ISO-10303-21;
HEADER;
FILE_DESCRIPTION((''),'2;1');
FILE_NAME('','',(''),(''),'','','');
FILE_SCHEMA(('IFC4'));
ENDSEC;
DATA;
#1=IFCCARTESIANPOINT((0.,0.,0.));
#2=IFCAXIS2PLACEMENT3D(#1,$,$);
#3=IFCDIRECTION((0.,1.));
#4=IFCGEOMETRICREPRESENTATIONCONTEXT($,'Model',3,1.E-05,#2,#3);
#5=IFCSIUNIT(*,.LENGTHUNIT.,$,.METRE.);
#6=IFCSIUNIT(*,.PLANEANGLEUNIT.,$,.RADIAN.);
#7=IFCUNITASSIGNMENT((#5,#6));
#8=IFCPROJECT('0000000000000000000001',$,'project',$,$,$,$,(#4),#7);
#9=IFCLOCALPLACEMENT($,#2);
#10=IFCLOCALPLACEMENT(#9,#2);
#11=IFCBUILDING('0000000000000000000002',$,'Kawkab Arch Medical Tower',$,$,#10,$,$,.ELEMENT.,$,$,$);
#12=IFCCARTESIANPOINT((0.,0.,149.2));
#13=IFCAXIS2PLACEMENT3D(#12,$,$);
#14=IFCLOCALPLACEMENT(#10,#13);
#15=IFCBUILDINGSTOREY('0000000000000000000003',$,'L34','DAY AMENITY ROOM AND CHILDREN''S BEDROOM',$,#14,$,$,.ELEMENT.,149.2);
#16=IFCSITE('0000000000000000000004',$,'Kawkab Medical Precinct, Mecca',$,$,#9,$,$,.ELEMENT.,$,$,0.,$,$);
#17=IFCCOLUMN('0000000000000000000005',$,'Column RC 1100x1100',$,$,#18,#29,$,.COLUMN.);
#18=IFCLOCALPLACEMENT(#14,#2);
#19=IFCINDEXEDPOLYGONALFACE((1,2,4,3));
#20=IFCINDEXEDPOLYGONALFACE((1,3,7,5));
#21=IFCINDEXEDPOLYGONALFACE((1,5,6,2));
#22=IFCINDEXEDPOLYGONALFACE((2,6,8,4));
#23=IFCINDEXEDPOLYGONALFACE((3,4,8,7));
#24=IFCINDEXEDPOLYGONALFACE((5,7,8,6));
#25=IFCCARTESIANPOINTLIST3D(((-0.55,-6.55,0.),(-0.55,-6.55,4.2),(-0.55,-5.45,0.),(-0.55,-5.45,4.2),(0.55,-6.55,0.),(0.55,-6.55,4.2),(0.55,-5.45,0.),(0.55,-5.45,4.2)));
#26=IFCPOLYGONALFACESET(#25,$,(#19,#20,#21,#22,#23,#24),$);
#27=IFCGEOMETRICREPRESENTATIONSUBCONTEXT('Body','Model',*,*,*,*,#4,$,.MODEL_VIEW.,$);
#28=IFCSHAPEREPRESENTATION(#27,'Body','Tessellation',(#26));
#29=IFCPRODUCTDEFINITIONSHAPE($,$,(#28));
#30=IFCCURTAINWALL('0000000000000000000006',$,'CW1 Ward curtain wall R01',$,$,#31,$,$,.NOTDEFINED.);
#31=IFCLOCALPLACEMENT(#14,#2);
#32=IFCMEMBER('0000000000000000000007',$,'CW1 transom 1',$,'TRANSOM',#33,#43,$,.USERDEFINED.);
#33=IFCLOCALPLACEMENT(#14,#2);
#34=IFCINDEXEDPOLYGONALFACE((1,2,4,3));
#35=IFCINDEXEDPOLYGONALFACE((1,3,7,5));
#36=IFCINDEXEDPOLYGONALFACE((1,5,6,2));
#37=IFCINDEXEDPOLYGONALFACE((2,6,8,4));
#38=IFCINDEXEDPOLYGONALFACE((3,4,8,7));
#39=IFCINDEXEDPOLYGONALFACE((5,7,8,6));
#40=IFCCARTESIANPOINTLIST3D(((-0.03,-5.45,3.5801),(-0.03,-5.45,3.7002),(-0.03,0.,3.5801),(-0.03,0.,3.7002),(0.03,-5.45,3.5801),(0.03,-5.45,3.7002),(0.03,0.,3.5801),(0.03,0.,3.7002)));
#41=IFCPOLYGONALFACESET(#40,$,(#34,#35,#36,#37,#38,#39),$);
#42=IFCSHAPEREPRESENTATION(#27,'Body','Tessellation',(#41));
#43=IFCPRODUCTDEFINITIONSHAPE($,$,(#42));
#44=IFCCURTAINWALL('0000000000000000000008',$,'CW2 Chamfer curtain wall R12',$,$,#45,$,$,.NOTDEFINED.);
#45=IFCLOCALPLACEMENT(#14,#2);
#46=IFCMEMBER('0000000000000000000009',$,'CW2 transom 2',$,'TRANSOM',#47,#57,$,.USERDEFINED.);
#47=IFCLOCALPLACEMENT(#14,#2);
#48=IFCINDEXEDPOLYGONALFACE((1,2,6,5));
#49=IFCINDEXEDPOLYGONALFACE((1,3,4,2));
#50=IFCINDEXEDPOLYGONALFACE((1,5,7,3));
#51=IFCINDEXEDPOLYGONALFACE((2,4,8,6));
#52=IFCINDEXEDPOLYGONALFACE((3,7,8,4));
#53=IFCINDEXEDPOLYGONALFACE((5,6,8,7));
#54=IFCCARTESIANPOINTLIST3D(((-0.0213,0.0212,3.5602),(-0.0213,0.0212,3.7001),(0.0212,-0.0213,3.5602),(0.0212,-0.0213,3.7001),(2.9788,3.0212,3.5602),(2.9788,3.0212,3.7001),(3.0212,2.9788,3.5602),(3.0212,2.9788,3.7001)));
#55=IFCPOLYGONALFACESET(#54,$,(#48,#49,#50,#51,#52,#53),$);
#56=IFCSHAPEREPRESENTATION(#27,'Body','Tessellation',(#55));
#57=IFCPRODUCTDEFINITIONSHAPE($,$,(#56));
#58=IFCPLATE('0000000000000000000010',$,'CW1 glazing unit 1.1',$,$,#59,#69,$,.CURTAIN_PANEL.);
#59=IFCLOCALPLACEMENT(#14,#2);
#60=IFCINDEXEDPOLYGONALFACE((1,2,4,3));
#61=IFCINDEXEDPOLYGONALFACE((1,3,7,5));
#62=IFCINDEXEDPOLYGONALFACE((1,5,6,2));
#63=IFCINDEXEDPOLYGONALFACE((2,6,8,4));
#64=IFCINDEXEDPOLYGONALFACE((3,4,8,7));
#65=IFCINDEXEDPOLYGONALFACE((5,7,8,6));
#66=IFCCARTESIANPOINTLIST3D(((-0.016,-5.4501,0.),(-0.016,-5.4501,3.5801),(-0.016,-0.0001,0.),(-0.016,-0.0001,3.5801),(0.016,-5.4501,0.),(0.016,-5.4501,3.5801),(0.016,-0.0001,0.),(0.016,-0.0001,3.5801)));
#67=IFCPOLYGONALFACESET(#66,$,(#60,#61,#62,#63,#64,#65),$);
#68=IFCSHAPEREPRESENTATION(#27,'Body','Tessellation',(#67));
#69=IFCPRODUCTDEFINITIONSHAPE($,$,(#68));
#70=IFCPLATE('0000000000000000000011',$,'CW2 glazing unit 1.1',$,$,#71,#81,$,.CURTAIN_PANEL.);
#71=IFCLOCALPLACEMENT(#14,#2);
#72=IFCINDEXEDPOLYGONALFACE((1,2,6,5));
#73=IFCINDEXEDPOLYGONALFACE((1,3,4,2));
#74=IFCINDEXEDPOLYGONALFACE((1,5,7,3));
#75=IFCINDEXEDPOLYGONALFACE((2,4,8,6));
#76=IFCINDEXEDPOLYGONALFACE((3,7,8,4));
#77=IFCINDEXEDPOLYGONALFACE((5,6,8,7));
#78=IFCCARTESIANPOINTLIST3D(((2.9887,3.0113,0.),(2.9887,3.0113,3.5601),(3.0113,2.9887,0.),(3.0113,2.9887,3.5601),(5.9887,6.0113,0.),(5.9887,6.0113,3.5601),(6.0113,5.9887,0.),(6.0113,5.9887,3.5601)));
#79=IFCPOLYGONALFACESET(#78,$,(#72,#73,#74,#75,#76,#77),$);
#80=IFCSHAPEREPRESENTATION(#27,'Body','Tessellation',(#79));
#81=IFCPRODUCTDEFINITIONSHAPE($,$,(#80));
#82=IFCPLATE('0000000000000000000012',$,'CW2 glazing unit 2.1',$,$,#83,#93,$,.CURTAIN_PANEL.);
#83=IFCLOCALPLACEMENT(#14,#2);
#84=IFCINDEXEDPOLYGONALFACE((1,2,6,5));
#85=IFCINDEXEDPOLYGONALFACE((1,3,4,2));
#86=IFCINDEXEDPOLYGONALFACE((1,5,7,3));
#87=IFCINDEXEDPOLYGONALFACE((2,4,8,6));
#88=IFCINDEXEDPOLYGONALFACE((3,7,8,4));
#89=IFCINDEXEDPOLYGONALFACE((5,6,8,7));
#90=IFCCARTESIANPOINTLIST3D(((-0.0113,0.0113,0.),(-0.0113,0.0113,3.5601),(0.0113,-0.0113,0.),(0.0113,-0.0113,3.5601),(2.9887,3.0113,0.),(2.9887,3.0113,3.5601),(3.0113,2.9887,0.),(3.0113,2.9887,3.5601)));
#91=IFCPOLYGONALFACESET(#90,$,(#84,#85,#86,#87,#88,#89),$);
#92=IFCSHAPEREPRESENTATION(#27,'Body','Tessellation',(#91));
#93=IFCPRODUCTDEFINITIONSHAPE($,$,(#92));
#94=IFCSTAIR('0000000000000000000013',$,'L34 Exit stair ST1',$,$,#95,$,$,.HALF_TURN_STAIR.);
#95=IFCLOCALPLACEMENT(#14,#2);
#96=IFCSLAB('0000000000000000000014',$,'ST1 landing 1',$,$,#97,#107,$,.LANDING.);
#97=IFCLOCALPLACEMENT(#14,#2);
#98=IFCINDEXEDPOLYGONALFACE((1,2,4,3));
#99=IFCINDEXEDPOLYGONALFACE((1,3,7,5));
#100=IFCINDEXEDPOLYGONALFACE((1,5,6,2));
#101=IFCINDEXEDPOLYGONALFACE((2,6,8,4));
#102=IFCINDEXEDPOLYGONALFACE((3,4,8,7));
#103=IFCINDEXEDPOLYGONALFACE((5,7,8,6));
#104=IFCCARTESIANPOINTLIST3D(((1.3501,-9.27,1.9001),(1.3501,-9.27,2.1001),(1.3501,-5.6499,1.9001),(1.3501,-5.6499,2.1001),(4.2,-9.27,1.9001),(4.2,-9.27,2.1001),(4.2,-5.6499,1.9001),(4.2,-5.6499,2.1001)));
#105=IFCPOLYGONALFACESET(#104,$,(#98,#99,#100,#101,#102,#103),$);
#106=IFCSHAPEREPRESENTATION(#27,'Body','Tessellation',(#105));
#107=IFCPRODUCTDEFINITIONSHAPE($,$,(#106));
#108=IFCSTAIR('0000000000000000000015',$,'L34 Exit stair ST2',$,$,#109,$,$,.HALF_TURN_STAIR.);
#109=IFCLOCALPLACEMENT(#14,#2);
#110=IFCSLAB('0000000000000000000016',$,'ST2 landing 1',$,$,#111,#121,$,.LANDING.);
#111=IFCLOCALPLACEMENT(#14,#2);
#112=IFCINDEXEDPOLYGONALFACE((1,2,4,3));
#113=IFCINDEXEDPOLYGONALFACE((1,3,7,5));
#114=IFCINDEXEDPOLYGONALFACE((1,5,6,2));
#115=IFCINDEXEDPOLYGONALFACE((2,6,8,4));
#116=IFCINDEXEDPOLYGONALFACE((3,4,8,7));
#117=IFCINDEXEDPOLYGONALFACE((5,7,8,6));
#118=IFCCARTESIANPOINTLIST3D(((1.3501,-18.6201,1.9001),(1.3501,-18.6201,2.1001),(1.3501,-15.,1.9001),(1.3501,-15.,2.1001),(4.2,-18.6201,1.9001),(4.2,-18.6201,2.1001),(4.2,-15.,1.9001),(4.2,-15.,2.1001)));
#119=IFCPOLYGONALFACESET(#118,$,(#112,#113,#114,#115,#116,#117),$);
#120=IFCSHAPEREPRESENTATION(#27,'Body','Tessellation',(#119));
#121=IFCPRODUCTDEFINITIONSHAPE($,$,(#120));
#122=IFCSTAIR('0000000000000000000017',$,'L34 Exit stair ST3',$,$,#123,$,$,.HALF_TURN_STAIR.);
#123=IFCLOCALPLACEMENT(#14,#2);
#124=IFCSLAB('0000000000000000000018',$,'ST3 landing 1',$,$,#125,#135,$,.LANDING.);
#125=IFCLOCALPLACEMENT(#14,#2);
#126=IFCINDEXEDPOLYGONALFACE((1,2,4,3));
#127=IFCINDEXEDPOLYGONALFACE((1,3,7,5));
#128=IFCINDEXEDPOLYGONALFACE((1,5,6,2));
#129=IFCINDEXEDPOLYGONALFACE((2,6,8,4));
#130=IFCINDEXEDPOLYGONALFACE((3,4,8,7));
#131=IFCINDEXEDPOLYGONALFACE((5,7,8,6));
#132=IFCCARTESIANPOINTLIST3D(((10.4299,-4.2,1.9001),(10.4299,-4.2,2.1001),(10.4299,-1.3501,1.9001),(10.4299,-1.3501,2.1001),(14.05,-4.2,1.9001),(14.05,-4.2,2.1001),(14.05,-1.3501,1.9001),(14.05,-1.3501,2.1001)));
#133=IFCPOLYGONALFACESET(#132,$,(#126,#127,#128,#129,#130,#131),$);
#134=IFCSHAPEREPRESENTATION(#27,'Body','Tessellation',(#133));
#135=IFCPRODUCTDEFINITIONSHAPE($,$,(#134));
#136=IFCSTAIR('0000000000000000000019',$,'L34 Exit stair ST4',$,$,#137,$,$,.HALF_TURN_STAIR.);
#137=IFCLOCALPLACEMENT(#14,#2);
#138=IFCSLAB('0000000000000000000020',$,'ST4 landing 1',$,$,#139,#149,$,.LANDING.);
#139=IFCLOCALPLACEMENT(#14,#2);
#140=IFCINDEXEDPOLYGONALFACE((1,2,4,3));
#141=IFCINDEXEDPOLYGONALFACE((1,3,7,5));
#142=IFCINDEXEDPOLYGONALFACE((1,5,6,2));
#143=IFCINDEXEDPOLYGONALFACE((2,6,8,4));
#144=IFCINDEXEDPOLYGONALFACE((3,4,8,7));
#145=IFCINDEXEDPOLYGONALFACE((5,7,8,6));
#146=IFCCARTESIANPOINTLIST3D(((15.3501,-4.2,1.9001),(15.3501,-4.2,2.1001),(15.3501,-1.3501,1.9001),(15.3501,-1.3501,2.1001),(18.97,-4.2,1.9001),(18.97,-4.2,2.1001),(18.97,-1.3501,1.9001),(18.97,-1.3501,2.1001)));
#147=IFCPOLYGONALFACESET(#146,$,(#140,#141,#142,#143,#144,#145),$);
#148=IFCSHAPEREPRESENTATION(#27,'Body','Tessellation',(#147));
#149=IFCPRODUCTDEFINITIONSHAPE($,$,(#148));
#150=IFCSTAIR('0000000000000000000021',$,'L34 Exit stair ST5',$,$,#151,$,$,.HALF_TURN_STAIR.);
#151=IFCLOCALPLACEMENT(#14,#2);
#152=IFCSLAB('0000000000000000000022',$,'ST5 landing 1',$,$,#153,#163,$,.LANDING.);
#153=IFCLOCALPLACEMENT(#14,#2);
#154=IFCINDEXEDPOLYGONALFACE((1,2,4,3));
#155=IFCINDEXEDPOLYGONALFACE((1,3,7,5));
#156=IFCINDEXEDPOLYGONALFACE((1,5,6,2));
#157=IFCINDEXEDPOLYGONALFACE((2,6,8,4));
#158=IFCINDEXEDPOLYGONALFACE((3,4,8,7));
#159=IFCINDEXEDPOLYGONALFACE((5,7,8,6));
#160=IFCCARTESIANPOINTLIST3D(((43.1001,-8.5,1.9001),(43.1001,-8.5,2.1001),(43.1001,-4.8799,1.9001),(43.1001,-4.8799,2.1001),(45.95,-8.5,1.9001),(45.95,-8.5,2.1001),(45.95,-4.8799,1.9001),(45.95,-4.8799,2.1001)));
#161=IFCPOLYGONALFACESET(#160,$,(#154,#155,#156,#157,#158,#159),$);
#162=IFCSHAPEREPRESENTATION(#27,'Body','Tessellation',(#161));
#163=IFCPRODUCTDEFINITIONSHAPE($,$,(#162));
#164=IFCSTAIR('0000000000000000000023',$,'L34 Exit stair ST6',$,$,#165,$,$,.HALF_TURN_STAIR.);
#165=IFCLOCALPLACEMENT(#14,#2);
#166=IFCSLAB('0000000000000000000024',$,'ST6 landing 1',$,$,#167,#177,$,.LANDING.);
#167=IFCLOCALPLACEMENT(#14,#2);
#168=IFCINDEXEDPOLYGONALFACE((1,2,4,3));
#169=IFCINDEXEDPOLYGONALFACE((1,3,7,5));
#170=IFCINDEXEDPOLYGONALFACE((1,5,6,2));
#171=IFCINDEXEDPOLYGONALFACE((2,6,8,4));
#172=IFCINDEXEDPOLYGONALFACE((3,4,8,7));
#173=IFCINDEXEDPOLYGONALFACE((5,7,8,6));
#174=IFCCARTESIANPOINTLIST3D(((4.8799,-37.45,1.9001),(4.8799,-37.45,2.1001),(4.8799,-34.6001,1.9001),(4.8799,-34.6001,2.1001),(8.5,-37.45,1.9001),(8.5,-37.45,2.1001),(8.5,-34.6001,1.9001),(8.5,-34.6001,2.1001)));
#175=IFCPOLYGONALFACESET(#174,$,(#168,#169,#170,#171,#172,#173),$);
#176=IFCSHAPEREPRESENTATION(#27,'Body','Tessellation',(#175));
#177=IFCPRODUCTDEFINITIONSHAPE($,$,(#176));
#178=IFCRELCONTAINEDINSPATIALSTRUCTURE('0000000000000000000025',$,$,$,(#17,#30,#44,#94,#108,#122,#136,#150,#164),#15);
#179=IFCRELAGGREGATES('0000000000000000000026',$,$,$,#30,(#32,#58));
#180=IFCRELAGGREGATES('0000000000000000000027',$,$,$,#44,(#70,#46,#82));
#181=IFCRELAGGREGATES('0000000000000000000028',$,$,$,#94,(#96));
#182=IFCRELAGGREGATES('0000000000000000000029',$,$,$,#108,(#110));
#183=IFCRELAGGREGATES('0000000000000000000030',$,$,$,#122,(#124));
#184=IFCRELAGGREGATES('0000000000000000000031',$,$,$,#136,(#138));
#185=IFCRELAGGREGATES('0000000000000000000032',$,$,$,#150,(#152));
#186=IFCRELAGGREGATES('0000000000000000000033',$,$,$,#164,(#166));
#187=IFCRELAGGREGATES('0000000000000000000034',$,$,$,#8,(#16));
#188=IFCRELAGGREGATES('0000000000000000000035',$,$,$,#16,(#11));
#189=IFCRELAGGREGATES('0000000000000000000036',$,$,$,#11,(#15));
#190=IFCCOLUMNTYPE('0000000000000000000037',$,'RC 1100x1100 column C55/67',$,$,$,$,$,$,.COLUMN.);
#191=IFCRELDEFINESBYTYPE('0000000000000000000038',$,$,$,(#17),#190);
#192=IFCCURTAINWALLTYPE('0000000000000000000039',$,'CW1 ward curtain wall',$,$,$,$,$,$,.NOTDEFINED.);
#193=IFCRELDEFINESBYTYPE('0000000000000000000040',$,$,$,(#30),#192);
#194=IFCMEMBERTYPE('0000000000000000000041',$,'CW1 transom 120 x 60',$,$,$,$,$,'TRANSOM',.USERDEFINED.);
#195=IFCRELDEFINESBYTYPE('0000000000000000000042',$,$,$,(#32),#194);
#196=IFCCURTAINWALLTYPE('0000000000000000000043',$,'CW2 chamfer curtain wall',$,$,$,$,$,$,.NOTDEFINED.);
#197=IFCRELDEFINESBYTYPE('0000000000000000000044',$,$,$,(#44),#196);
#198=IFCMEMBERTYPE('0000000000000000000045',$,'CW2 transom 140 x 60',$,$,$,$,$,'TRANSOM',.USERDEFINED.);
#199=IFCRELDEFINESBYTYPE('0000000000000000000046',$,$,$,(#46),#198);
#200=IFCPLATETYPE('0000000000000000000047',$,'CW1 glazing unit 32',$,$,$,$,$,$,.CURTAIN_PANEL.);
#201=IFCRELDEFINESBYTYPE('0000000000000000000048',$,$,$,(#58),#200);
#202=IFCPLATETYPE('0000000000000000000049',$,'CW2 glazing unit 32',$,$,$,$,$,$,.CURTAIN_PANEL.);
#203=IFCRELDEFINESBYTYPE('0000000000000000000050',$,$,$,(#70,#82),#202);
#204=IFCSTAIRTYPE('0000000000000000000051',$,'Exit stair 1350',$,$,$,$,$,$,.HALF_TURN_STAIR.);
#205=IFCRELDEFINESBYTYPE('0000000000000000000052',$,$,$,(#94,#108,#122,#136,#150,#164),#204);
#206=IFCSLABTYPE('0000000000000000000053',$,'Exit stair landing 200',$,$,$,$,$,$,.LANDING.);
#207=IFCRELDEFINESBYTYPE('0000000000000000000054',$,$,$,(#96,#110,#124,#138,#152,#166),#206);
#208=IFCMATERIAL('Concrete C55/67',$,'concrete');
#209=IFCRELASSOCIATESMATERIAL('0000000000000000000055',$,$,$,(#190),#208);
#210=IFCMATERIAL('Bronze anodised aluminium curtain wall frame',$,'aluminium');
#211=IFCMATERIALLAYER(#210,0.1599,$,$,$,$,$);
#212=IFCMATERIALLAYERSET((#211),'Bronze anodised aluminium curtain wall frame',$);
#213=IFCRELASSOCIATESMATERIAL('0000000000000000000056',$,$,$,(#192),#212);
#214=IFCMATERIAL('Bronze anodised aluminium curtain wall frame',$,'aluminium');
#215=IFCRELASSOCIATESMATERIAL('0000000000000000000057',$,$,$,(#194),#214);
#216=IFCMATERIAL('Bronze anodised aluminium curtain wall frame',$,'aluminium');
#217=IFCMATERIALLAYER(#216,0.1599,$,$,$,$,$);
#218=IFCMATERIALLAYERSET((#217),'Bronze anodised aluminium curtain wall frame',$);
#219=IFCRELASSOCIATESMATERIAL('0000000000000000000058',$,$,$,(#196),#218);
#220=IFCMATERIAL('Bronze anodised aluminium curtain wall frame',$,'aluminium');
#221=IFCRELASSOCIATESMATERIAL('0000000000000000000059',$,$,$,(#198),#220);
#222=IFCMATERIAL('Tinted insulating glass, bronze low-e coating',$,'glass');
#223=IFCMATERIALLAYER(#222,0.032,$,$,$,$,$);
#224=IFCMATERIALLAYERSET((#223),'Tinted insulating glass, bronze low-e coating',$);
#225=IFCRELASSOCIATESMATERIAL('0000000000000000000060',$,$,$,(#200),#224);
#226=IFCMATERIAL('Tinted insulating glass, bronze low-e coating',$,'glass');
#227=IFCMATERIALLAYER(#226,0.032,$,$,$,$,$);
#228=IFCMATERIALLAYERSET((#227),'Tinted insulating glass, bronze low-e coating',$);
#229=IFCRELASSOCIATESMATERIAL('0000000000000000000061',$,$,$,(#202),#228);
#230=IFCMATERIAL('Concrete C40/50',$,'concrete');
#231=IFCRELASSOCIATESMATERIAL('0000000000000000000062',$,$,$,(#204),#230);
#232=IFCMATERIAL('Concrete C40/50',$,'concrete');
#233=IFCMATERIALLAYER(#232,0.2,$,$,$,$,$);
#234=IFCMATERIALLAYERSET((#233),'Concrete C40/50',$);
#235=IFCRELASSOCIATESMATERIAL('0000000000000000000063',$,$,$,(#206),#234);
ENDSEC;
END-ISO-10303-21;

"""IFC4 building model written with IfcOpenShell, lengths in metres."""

from ifc_helpers import new_model, si_unit, direction, frame, origin, origin_2d, place, context, subcontext, project, spatial, polyline, rectangle, outline, extrude, material, layer, layer_set, material_profile, profile_set, type_object, element, aggregate, save


model = new_model("IFC4")

# Units and contexts
model_context = context("Model", 3, precision=1e-05, world=origin(), true_north=direction((0.0, 1.0)))
body_context = subcontext(model_context, "Body", "Model", "MODEL_VIEW")
ifc_project = project(units=[si_unit("LENGTHUNIT", "METRE"), si_unit("PLANEANGLEUNIT", "RADIAN")], contexts=[model_context])

# Site, building, storey
site_placement = place(None, origin())
site = spatial("IfcSite", under=ifc_project, at=site_placement, Name="Kawkab Medical Precinct, Mecca", CompositionType="ELEMENT", RefElevation=0.0)
building_placement = place(site_placement, origin())
building = spatial("IfcBuilding", under=site, at=building_placement, Name="Kawkab Arch Medical Tower", CompositionType="ELEMENT")
storey_placement = place(building_placement, frame((0.0, 0.0, 149.2)))
storey = spatial("IfcBuildingStorey", under=building, at=storey_placement, Name="L34", Description="DAY AMENITY ROOM AND CHILDREN'S BEDROOM", CompositionType="ELEMENT", Elevation=149.2)

# Column
ifc_material_1 = material(Name="Concrete C55/67", Category="concrete")
ifc_material_profile_1 = material_profile(ifc_material_1, rectangle(XDim=1.1001, YDim=1.1001, at=origin_2d()), Name="RC 1100x1100")
ifc_profile_set_1 = profile_set([ifc_material_profile_1], Name="Concrete C55/67")
column_type = type_object("IfcColumnType", Name="RC 1100x1100 column C55/67", PredefinedType="COLUMN", material=ifc_profile_set_1)
column_placement = place(storey_placement, frame((0.0, -6.0, 0.0), z_axis=(0.0, 0.0, 1.0), x_axis=(1.0, 0.0, 0.0)))
element("IfcColumn", 1, at=column_placement, inside=storey, type_object=column_type, Name="Column RC 1100x1100", PredefinedType="COLUMN", context=body_context, shape_type="SweptSolid", body=[
    extrude(rectangle(XDim=1.1001, YDim=1.1001, at=origin_2d()), origin(), (0.0, 0.0, 1.0), 4.2),
])

# Curtain walls, members
ifc_material_2 = material(Name="Bronze anodised aluminium curtain wall frame", Category="aluminium")
ifc_layer_1 = layer(ifc_material_2, 0.1599)
ifc_layer_set_1 = layer_set([ifc_layer_1], Name="Bronze anodised aluminium curtain wall frame")
curtain_wall_type_1 = type_object("IfcCurtainWallType", Name="CW1 ward curtain wall", PredefinedType="NOTDEFINED", material=ifc_layer_set_1)
placement_1 = place(storey_placement, origin())
curtain_wall_1 = element("IfcCurtainWall", 2, at=placement_1, inside=storey, type_object=curtain_wall_type_1, Name="CW1 Ward curtain wall R01", PredefinedType="NOTDEFINED")
ifc_material_3 = material(Name="Bronze anodised aluminium curtain wall frame", Category="aluminium")
ifc_material_profile_2 = material_profile(ifc_material_3, rectangle(XDim=0.0601, YDim=0.1201, at=origin_2d()), Name="AL 60x120")
ifc_profile_set_2 = profile_set([ifc_material_profile_2], Name="Bronze anodised aluminium curtain wall frame")
member_type_1 = type_object("IfcMemberType", Name="CW1 transom 120 x 60", ElementType="TRANSOM", PredefinedType="USERDEFINED", material=ifc_profile_set_2)
member_1_placement = place(storey_placement, frame((0.0, 0.0, 3.6401), z_axis=(0.0, -1.0, 0.0), x_axis=(1.0, 0.0, 0.0)))
member_1 = element("IfcMember", 3, at=member_1_placement, type_object=member_type_1, Name="CW1 transom 1", ObjectType="TRANSOM", PredefinedType="USERDEFINED", context=body_context, shape_type="SweptSolid", body=[
    extrude(rectangle(XDim=0.0601, YDim=0.1201, at=origin_2d()), origin(), (0.0, 0.0, 1.0), 5.45),
])
ifc_material_4 = material(Name="Bronze anodised aluminium curtain wall frame", Category="aluminium")
ifc_layer_2 = layer(ifc_material_4, 0.1599)
ifc_layer_set_2 = layer_set([ifc_layer_2], Name="Bronze anodised aluminium curtain wall frame")
curtain_wall_type_2 = type_object("IfcCurtainWallType", Name="CW2 chamfer curtain wall", PredefinedType="NOTDEFINED", material=ifc_layer_set_2)
curtain_wall_2 = element("IfcCurtainWall", 4, at=placement_1, inside=storey, type_object=curtain_wall_type_2, Name="CW2 Chamfer curtain wall R12", PredefinedType="NOTDEFINED")
ifc_material_5 = material(Name="Bronze anodised aluminium curtain wall frame", Category="aluminium")
ifc_material_profile_3 = material_profile(ifc_material_5, rectangle(XDim=0.0601, YDim=0.1399, at=origin_2d()), Name="AL 60x140")
ifc_profile_set_3 = profile_set([ifc_material_profile_3], Name="Bronze anodised aluminium curtain wall frame")
member_type_2 = type_object("IfcMemberType", Name="CW2 transom 140 x 60", ElementType="TRANSOM", PredefinedType="USERDEFINED", material=ifc_profile_set_3)
member_2_placement = place(storey_placement, frame((3.0, 3.0, 3.6301), z_axis=(-0.707107, -0.707107, 0.0), x_axis=(0.707107, -0.707107, 0.0)))
member_2 = element("IfcMember", 5, at=member_2_placement, type_object=member_type_2, Name="CW2 transom 2", ObjectType="TRANSOM", PredefinedType="USERDEFINED", context=body_context, shape_type="SweptSolid", body=[
    extrude(rectangle(XDim=0.0601, YDim=0.1399, at=origin_2d()), origin(), (0.0, 0.0, 1.0), 4.2427),
])

# Plates
ifc_material_6 = material(Name="Tinted insulating glass, bronze low-e coating", Category="glass")
ifc_layer_3 = layer(ifc_material_6, 0.032)
ifc_layer_set_3 = layer_set([ifc_layer_3], Name="Tinted insulating glass, bronze low-e coating")
plate_type_1 = type_object("IfcPlateType", Name="CW1 glazing unit 32", PredefinedType="CURTAIN_PANEL", material=ifc_layer_set_3)
plate_1_placement = place(storey_placement, frame((0.0, -2.7251, 0.0), z_axis=(0.0, 0.0, 1.0), x_axis=(0.0, -1.0, 0.0)))
plate_1 = element("IfcPlate", 6, at=plate_1_placement, type_object=plate_type_1, Name="CW1 glazing unit 1.1", PredefinedType="CURTAIN_PANEL", context=body_context, shape_type="SweptSolid", body=[
    extrude(rectangle(XDim=5.45, YDim=0.032, at=origin_2d()), origin(), (0.0, 0.0, 1.0), 3.5801),
])
aggregate(curtain_wall_1, [member_1, plate_1])
ifc_material_7 = material(Name="Tinted insulating glass, bronze low-e coating", Category="glass")
ifc_layer_4 = layer(ifc_material_7, 0.032)
ifc_layer_set_4 = layer_set([ifc_layer_4], Name="Tinted insulating glass, bronze low-e coating")
plate_type_2 = type_object("IfcPlateType", Name="CW2 glazing unit 32", PredefinedType="CURTAIN_PANEL", material=ifc_layer_set_4)
plate_2_placement = place(storey_placement, frame((4.5, 4.5, 0.0), z_axis=(0.0, 0.0, 1.0), x_axis=(-0.707107, -0.707107, 0.0)))
plate_2 = element("IfcPlate", 7, at=plate_2_placement, type_object=plate_type_2, Name="CW2 glazing unit 1.1", PredefinedType="CURTAIN_PANEL", context=body_context, shape_type="SweptSolid", body=[
    extrude(rectangle(XDim=4.2427, YDim=0.032, at=origin_2d()), origin(), (0.0, 0.0, 1.0), 3.5601),
])
plate_3_placement = place(storey_placement, frame((1.5, 1.5, 0.0), z_axis=(0.0, 0.0, 1.0), x_axis=(-0.707107, -0.707107, 0.0)))
plate_3 = element("IfcPlate", 8, at=plate_3_placement, type_object=plate_type_2, Name="CW2 glazing unit 2.1", PredefinedType="CURTAIN_PANEL", context=body_context, shape_type="SweptSolid", body=[
    extrude(rectangle(XDim=4.2427, YDim=0.032, at=origin_2d()), origin(), (0.0, 0.0, 1.0), 3.5601),
])
aggregate(curtain_wall_2, [plate_2, member_2, plate_3])

# Stairs, slabs
ifc_material_8 = material(Name="Concrete C40/50", Category="concrete")
stair_type = type_object("IfcStairType", Name="Exit stair 1350", PredefinedType="HALF_TURN_STAIR", material=ifc_material_8)
stair_1 = element("IfcStair", 9, at=placement_1, inside=storey, type_object=stair_type, Name="L34 Exit stair ST1", PredefinedType="HALF_TURN_STAIR")
ifc_material_9 = material(Name="Concrete C40/50", Category="concrete")
ifc_layer_5 = layer(ifc_material_9, 0.2)
ifc_layer_set_5 = layer_set([ifc_layer_5], Name="Concrete C40/50")
slab_type_1 = type_object("IfcSlabType", Name="Exit stair landing 200", PredefinedType="LANDING", material=ifc_layer_set_5)
placement_2 = place(storey_placement, frame((0.0, 0.0, 1.9001)))
slab_1 = element("IfcSlab", 10, at=placement_2, type_object=slab_type_1, Name="ST1 landing 1", PredefinedType="LANDING", context=body_context, shape_type="SweptSolid", body=[
    extrude(outline(polyline([(4.2, -9.27), (4.2, -5.6499), (1.3501, -5.6499), (1.3501, -9.27), (4.2, -9.27)])), origin(), (0.0, 0.0, 1.0), 0.2),
])
aggregate(stair_1, [slab_1])
stair_2 = element("IfcStair", 11, at=placement_1, inside=storey, type_object=stair_type, Name="L34 Exit stair ST2", PredefinedType="HALF_TURN_STAIR")
slab_2 = element("IfcSlab", 12, at=placement_2, type_object=slab_type_1, Name="ST2 landing 1", PredefinedType="LANDING", context=body_context, shape_type="SweptSolid", body=[
    extrude(outline(polyline([(4.2, -18.6201), (4.2, -15.0), (1.3501, -15.0), (1.3501, -18.6201), (4.2, -18.6201)])), origin(), (0.0, 0.0, 1.0), 0.2),
])
aggregate(stair_2, [slab_2])
stair_3 = element("IfcStair", 13, at=placement_1, inside=storey, type_object=stair_type, Name="L34 Exit stair ST3", PredefinedType="HALF_TURN_STAIR")
slab_3 = element("IfcSlab", 14, at=placement_2, type_object=slab_type_1, Name="ST3 landing 1", PredefinedType="LANDING", context=body_context, shape_type="SweptSolid", body=[
    extrude(outline(polyline([(10.4299, -4.2), (14.05, -4.2), (14.05, -1.3501), (10.4299, -1.3501), (10.4299, -4.2)])), origin(), (0.0, 0.0, 1.0), 0.2),
])
aggregate(stair_3, [slab_3])
stair_4 = element("IfcStair", 15, at=placement_1, inside=storey, type_object=stair_type, Name="L34 Exit stair ST4", PredefinedType="HALF_TURN_STAIR")
slab_4 = element("IfcSlab", 16, at=placement_2, type_object=slab_type_1, Name="ST4 landing 1", PredefinedType="LANDING", context=body_context, shape_type="SweptSolid", body=[
    extrude(outline(polyline([(18.97, -1.3501), (15.3501, -1.3501), (15.3501, -4.2), (18.97, -4.2), (18.97, -1.3501)])), origin(), (0.0, 0.0, 1.0), 0.2),
])
aggregate(stair_4, [slab_4])
stair_5 = element("IfcStair", 17, at=placement_1, inside=storey, type_object=stair_type, Name="L34 Exit stair ST5", PredefinedType="HALF_TURN_STAIR")
slab_5 = element("IfcSlab", 18, at=placement_2, type_object=slab_type_1, Name="ST5 landing 1", PredefinedType="LANDING", context=body_context, shape_type="SweptSolid", body=[
    extrude(outline(polyline([(43.1001, -4.8799), (43.1001, -8.5), (45.95, -8.5), (45.95, -4.8799), (43.1001, -4.8799)])), origin(), (0.0, 0.0, 1.0), 0.2),
])
aggregate(stair_5, [slab_5])
stair_6 = element("IfcStair", 19, at=placement_1, inside=storey, type_object=stair_type, Name="L34 Exit stair ST6", PredefinedType="HALF_TURN_STAIR")
slab_6 = element("IfcSlab", 20, at=placement_2, type_object=slab_type_1, Name="ST6 landing 1", PredefinedType="LANDING", context=body_context, shape_type="SweptSolid", body=[
    extrude(outline(polyline([(4.8799, -37.45), (8.5, -37.45), (8.5, -34.6001), (4.8799, -34.6001), (4.8799, -37.45)])), origin(), (0.0, 0.0, 1.0), 0.2),
])
aggregate(stair_6, [slab_6])

save(model, "model.ifc")
